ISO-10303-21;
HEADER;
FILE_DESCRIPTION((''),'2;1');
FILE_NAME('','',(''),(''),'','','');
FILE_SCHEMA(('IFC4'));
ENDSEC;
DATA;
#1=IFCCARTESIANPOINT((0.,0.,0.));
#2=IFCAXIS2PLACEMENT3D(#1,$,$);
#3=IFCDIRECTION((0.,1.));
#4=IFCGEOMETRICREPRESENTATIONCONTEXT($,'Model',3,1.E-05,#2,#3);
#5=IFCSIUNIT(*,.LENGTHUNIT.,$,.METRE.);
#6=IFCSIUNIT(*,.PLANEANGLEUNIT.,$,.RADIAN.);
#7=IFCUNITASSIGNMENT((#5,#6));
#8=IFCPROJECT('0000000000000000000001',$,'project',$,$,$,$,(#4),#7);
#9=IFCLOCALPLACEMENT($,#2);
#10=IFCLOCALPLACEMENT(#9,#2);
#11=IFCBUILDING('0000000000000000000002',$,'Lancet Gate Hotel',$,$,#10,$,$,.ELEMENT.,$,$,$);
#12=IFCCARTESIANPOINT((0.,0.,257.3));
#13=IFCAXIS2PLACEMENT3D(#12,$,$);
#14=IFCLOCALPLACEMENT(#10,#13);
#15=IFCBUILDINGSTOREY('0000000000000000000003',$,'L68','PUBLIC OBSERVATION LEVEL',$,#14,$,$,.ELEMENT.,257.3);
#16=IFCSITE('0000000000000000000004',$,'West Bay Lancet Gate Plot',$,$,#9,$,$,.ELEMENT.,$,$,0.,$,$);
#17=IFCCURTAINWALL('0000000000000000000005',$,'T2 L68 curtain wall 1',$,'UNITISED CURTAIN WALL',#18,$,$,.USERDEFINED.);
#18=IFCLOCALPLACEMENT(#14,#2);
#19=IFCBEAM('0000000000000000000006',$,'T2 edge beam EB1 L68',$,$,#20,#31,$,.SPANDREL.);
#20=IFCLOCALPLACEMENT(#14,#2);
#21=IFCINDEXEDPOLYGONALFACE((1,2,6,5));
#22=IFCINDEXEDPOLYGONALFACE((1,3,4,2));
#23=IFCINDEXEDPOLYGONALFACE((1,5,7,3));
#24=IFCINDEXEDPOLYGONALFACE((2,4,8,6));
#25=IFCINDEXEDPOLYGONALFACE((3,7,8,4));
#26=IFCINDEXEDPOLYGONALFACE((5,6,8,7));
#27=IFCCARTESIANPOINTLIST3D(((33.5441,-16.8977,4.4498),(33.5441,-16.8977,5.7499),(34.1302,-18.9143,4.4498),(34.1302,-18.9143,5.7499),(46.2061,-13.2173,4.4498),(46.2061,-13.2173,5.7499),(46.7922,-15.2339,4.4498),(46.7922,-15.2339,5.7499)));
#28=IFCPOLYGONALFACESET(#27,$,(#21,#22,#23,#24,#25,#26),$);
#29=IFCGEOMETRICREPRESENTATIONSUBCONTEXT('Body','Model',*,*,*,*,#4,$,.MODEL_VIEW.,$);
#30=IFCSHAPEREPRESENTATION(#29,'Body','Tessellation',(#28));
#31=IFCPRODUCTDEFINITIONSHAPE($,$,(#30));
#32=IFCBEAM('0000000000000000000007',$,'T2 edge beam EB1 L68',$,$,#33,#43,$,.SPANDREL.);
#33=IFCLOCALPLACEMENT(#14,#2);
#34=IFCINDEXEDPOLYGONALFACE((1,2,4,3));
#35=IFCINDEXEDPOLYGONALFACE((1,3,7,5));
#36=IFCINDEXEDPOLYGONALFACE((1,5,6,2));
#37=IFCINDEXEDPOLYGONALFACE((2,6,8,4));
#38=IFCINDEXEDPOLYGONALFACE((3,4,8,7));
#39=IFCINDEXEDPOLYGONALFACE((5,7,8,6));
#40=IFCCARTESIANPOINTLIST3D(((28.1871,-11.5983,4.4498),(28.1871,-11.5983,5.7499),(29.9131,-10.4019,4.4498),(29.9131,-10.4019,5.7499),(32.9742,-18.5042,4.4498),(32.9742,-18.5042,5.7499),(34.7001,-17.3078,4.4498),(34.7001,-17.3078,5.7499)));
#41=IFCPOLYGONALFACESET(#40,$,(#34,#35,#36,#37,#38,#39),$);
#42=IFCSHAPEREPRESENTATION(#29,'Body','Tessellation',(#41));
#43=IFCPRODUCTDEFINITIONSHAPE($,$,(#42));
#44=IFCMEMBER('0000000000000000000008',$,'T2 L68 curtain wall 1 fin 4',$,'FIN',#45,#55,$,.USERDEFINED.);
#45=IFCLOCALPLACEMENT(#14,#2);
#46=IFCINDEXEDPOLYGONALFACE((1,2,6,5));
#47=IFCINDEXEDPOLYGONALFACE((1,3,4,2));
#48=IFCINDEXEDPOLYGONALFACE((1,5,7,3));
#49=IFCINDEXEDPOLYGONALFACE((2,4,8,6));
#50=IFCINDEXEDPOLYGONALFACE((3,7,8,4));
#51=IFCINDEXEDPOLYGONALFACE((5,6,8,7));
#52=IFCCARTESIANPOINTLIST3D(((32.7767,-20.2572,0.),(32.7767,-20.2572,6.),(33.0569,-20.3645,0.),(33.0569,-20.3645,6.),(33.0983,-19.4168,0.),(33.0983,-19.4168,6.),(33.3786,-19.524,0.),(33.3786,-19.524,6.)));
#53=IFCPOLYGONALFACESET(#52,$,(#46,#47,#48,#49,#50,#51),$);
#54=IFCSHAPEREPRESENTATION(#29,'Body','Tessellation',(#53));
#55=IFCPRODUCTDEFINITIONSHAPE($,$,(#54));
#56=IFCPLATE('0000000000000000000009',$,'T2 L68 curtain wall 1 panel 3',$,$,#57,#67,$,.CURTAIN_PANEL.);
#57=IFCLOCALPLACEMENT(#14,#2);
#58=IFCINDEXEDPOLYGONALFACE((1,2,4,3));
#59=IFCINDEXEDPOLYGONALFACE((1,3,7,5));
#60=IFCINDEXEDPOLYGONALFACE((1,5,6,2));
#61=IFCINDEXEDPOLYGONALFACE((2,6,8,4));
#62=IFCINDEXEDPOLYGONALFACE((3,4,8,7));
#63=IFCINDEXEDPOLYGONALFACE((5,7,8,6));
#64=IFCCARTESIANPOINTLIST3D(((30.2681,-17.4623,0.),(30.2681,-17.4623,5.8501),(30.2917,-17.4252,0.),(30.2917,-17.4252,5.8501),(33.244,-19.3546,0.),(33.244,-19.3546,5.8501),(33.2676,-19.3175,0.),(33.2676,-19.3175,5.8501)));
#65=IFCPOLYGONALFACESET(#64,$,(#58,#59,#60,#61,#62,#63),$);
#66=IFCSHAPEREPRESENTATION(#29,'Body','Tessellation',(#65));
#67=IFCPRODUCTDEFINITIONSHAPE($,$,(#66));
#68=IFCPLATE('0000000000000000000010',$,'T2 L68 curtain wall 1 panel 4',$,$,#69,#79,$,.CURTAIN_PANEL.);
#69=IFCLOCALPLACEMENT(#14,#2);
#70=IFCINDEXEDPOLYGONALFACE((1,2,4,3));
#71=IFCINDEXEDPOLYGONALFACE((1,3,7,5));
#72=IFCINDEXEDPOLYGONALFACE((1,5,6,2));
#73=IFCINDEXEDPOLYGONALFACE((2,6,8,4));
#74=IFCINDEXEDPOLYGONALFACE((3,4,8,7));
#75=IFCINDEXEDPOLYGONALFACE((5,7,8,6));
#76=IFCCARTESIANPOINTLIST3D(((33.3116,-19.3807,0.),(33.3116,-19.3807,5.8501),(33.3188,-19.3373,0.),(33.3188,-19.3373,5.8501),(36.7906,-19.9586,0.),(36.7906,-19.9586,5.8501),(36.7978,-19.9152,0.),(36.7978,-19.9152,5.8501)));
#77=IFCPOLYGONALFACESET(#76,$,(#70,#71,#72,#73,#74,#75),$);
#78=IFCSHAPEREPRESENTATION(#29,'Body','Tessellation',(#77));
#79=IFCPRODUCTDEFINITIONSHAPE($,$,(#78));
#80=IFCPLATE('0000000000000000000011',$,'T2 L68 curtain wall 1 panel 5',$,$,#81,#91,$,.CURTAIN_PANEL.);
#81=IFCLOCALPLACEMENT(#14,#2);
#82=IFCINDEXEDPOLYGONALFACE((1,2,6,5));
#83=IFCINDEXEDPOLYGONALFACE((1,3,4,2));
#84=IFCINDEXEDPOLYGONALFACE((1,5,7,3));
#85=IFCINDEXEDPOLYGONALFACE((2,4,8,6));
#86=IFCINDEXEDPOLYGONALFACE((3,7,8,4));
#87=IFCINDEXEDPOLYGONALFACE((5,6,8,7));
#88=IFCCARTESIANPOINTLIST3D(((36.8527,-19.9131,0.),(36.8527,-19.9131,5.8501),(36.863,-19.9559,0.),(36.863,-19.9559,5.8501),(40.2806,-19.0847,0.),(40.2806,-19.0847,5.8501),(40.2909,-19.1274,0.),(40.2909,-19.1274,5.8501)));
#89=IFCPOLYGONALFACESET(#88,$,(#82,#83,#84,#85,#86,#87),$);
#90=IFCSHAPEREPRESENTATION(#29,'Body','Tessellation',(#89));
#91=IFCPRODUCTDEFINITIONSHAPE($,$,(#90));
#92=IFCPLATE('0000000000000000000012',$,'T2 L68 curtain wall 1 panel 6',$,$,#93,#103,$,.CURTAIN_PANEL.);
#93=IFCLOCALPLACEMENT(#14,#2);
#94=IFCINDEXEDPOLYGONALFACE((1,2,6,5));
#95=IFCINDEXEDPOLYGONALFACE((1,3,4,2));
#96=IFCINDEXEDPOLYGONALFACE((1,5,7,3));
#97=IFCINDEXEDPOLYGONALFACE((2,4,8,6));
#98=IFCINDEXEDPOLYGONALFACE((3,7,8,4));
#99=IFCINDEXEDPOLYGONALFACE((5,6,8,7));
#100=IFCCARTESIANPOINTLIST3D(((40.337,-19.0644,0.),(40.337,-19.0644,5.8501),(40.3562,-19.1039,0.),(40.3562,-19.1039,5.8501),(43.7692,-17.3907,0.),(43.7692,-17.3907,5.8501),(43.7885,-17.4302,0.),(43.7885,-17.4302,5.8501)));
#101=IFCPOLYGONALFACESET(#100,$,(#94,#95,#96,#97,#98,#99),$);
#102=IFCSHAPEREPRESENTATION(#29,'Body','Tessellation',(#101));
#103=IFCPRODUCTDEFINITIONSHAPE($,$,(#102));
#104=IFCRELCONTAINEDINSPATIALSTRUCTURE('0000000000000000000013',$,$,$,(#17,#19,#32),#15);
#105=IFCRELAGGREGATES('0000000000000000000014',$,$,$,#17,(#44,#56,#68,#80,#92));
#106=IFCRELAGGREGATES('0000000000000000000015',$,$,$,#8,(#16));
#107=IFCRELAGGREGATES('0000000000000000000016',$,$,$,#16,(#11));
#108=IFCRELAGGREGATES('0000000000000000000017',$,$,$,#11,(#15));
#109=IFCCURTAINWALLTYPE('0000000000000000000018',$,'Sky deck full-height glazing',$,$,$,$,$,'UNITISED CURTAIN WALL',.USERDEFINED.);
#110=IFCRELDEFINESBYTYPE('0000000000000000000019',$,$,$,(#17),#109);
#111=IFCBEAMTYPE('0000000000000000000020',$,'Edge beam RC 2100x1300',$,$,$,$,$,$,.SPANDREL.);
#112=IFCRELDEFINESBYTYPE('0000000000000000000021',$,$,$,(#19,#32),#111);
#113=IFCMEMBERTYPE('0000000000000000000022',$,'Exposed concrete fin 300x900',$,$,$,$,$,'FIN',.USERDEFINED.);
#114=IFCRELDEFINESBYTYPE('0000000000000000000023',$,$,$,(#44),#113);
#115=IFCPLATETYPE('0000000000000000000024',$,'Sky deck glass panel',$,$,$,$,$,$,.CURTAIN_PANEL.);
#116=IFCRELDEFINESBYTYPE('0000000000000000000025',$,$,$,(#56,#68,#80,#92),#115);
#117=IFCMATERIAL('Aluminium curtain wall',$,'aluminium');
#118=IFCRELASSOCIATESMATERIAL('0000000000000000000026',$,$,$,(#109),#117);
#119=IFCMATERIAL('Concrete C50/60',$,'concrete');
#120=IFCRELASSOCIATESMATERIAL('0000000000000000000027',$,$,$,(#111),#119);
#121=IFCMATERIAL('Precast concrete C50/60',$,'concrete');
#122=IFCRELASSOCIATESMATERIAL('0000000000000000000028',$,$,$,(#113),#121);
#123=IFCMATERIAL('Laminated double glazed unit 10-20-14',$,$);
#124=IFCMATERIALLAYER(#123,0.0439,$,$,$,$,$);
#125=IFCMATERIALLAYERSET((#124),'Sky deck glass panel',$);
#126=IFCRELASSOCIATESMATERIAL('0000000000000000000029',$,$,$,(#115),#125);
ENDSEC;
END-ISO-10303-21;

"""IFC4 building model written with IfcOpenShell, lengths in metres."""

from ifc_helpers import new_model, si_unit, direction, frame, origin, origin_2d, place, context, subcontext, project, spatial, rectangle, extrude, material, layer, layer_set, material_profile, profile_set, type_object, element, aggregate, save


model = new_model("IFC4")

# Units and contexts
model_context = context("Model", 3, precision=1e-05, world=origin(), true_north=direction((0.0, 1.0)))
body_context = subcontext(model_context, "Body", "Model", "MODEL_VIEW")
ifc_project = project(units=[si_unit("LENGTHUNIT", "METRE"), si_unit("PLANEANGLEUNIT", "RADIAN")], contexts=[model_context])

# Site, building, storey
site_placement = place(None, origin())
site = spatial("IfcSite", under=ifc_project, at=site_placement, Name="West Bay Lancet Gate Plot", CompositionType="ELEMENT", RefElevation=0.0)
building_placement = place(site_placement, origin())
building = spatial("IfcBuilding", under=site, at=building_placement, Name="Lancet Gate Hotel", CompositionType="ELEMENT")
storey_placement = place(building_placement, frame((0.0, 0.0, 257.3)))
storey = spatial("IfcBuildingStorey", under=building, at=storey_placement, Name="L68", Description="PUBLIC OBSERVATION LEVEL", CompositionType="ELEMENT", Elevation=257.3)

# Curtain wall
ifc_material_1 = material(Name="Aluminium curtain wall", Category="aluminium")
curtain_wall_type = type_object("IfcCurtainWallType", Name="Sky deck full-height glazing", ElementType="UNITISED CURTAIN WALL", PredefinedType="USERDEFINED", material=ifc_material_1)
curtain_wall_placement = place(storey_placement, origin())
curtain_wall = element("IfcCurtainWall", 1, at=curtain_wall_placement, inside=storey, type_object=curtain_wall_type, Name="T2 L68 curtain wall 1", ObjectType="UNITISED CURTAIN WALL", PredefinedType="USERDEFINED")

# Beams
ifc_material_2 = material(Name="Concrete C50/60", Category="concrete")
ifc_material_profile_1 = material_profile(ifc_material_2, rectangle(XDim=2.1001, YDim=1.3, at=origin_2d()), Name="RC 2100x1300")
ifc_profile_set_1 = profile_set([ifc_material_profile_1], Name="Concrete C50/60")
beam_type = type_object("IfcBeamType", Name="Edge beam RC 2100x1300", PredefinedType="SPANDREL", material=ifc_profile_set_1)
beam_1_placement = place(storey_placement, frame((33.8372, -17.906, 5.0999), z_axis=(0.960258, 0.279113, 0.0), x_axis=(-0.279113, 0.960258, 0.0)))
element("IfcBeam", 2, at=beam_1_placement, inside=storey, type_object=beam_type, Name="T2 edge beam EB1 L68", PredefinedType="SPANDREL", context=body_context, shape_type="SweptSolid", body=[
    extrude(rectangle(XDim=2.1001, YDim=1.3, at=origin_2d()), origin(), (0.0, 0.0, 1.0), 13.186),
])
beam_2_placement = place(storey_placement, frame((33.8372, -17.906, 5.0999), z_axis=(-0.569695, 0.821856, 0.0), x_axis=(-0.821856, -0.569695, 0.0)))
element("IfcBeam", 3, at=beam_2_placement, inside=storey, type_object=beam_type, Name="T2 edge beam EB1 L68", PredefinedType="SPANDREL", context=body_context, shape_type="SweptSolid", body=[
    extrude(rectangle(XDim=2.1001, YDim=1.3, at=origin_2d()), origin(), (0.0, 0.0, 1.0), 8.4028),
])

# Member
ifc_material_3 = material(Name="Precast concrete C50/60", Category="concrete")
ifc_material_profile_2 = material_profile(ifc_material_3, rectangle(XDim=0.3, YDim=0.8999, at=origin_2d()), Name="FIN 300x900")
ifc_profile_set_2 = profile_set([ifc_material_profile_2], Name="Precast concrete C50/60")
member_type_1 = type_object("IfcMemberType", Name="Exposed concrete fin 300x900", ElementType="FIN", PredefinedType="USERDEFINED", material=ifc_profile_set_2)
member_1_placement = place(storey_placement, frame((33.0776, -19.8906, 0.0), z_axis=(0.0, 0.0, 1.0), x_axis=(0.933943, -0.357421, 0.0)))
member_1 = element("IfcMember", 4, at=member_1_placement, type_object=member_type_1, Name="T2 L68 curtain wall 1 fin 4", ObjectType="FIN", PredefinedType="USERDEFINED", context=body_context, shape_type="SweptSolid", body=[
    extrude(rectangle(XDim=0.3, YDim=0.8999, at=origin_2d()), origin(), (0.0, 0.0, 1.0), 6.0),
])

# Plates
ifc_material_4 = material(Name="Laminated double glazed unit 10-20-14")
ifc_layer = layer(ifc_material_4, 0.0439)
ifc_layer_set = layer_set([ifc_layer], Name="Sky deck glass panel")
plate_type = type_object("IfcPlateType", Name="Sky deck glass panel", PredefinedType="CURTAIN_PANEL", material=ifc_layer_set)
plate_1_placement = place(storey_placement, frame((31.7678, -18.3899, 0.0), z_axis=(0.0, 0.0, 1.0), x_axis=(0.843845, -0.536587, 0.0)))
plate_1 = element("IfcPlate", 5, at=plate_1_placement, type_object=plate_type, Name="T2 L68 curtain wall 1 panel 3", PredefinedType="CURTAIN_PANEL", context=body_context, shape_type="SweptSolid", body=[
    extrude(rectangle(XDim=3.5266, YDim=0.0439, at=origin_2d()), origin(), (0.0, 0.0, 1.0), 5.8501),
])
plate_2_placement = place(storey_placement, frame((35.0547, -19.6479, 0.0), z_axis=(0.0, 0.0, 1.0), x_axis=(0.98648, -0.163881, 0.0)))
plate_2 = element("IfcPlate", 6, at=plate_2_placement, type_object=plate_type, Name="T2 L68 curtain wall 1 panel 4", PredefinedType="CURTAIN_PANEL", context=body_context, shape_type="SweptSolid", body=[
    extrude(rectangle(XDim=3.5266, YDim=0.0439, at=origin_2d()), origin(), (0.0, 0.0, 1.0), 5.8501),
])
plate_3_placement = place(storey_placement, frame((38.5718, -19.5203, 0.0), z_axis=(0.0, 0.0, 1.0), x_axis=(0.972014, 0.234924, 0.0)))
plate_3 = element("IfcPlate", 7, at=plate_3_placement, type_object=plate_type, Name="T2 L68 curtain wall 1 panel 5", PredefinedType="CURTAIN_PANEL", context=body_context, shape_type="SweptSolid", body=[
    extrude(rectangle(XDim=3.5266, YDim=0.0439, at=origin_2d()), origin(), (0.0, 0.0, 1.0), 5.8501),
])
plate_4_placement = place(storey_placement, frame((42.0627, -18.2473, 0.0), z_axis=(0.0, 0.0, 1.0), x_axis=(0.898823, 0.438311, 0.0)))
plate_4 = element("IfcPlate", 8, at=plate_4_placement, type_object=plate_type, Name="T2 L68 curtain wall 1 panel 6", PredefinedType="CURTAIN_PANEL", context=body_context, shape_type="SweptSolid", body=[
    extrude(rectangle(XDim=3.8186, YDim=0.0439, at=origin_2d()), origin(), (0.0, 0.0, 1.0), 5.8501),
])
aggregate(curtain_wall, [member_1, plate_1, plate_2, plate_3, plate_4])

save(model, "model.ifc")
